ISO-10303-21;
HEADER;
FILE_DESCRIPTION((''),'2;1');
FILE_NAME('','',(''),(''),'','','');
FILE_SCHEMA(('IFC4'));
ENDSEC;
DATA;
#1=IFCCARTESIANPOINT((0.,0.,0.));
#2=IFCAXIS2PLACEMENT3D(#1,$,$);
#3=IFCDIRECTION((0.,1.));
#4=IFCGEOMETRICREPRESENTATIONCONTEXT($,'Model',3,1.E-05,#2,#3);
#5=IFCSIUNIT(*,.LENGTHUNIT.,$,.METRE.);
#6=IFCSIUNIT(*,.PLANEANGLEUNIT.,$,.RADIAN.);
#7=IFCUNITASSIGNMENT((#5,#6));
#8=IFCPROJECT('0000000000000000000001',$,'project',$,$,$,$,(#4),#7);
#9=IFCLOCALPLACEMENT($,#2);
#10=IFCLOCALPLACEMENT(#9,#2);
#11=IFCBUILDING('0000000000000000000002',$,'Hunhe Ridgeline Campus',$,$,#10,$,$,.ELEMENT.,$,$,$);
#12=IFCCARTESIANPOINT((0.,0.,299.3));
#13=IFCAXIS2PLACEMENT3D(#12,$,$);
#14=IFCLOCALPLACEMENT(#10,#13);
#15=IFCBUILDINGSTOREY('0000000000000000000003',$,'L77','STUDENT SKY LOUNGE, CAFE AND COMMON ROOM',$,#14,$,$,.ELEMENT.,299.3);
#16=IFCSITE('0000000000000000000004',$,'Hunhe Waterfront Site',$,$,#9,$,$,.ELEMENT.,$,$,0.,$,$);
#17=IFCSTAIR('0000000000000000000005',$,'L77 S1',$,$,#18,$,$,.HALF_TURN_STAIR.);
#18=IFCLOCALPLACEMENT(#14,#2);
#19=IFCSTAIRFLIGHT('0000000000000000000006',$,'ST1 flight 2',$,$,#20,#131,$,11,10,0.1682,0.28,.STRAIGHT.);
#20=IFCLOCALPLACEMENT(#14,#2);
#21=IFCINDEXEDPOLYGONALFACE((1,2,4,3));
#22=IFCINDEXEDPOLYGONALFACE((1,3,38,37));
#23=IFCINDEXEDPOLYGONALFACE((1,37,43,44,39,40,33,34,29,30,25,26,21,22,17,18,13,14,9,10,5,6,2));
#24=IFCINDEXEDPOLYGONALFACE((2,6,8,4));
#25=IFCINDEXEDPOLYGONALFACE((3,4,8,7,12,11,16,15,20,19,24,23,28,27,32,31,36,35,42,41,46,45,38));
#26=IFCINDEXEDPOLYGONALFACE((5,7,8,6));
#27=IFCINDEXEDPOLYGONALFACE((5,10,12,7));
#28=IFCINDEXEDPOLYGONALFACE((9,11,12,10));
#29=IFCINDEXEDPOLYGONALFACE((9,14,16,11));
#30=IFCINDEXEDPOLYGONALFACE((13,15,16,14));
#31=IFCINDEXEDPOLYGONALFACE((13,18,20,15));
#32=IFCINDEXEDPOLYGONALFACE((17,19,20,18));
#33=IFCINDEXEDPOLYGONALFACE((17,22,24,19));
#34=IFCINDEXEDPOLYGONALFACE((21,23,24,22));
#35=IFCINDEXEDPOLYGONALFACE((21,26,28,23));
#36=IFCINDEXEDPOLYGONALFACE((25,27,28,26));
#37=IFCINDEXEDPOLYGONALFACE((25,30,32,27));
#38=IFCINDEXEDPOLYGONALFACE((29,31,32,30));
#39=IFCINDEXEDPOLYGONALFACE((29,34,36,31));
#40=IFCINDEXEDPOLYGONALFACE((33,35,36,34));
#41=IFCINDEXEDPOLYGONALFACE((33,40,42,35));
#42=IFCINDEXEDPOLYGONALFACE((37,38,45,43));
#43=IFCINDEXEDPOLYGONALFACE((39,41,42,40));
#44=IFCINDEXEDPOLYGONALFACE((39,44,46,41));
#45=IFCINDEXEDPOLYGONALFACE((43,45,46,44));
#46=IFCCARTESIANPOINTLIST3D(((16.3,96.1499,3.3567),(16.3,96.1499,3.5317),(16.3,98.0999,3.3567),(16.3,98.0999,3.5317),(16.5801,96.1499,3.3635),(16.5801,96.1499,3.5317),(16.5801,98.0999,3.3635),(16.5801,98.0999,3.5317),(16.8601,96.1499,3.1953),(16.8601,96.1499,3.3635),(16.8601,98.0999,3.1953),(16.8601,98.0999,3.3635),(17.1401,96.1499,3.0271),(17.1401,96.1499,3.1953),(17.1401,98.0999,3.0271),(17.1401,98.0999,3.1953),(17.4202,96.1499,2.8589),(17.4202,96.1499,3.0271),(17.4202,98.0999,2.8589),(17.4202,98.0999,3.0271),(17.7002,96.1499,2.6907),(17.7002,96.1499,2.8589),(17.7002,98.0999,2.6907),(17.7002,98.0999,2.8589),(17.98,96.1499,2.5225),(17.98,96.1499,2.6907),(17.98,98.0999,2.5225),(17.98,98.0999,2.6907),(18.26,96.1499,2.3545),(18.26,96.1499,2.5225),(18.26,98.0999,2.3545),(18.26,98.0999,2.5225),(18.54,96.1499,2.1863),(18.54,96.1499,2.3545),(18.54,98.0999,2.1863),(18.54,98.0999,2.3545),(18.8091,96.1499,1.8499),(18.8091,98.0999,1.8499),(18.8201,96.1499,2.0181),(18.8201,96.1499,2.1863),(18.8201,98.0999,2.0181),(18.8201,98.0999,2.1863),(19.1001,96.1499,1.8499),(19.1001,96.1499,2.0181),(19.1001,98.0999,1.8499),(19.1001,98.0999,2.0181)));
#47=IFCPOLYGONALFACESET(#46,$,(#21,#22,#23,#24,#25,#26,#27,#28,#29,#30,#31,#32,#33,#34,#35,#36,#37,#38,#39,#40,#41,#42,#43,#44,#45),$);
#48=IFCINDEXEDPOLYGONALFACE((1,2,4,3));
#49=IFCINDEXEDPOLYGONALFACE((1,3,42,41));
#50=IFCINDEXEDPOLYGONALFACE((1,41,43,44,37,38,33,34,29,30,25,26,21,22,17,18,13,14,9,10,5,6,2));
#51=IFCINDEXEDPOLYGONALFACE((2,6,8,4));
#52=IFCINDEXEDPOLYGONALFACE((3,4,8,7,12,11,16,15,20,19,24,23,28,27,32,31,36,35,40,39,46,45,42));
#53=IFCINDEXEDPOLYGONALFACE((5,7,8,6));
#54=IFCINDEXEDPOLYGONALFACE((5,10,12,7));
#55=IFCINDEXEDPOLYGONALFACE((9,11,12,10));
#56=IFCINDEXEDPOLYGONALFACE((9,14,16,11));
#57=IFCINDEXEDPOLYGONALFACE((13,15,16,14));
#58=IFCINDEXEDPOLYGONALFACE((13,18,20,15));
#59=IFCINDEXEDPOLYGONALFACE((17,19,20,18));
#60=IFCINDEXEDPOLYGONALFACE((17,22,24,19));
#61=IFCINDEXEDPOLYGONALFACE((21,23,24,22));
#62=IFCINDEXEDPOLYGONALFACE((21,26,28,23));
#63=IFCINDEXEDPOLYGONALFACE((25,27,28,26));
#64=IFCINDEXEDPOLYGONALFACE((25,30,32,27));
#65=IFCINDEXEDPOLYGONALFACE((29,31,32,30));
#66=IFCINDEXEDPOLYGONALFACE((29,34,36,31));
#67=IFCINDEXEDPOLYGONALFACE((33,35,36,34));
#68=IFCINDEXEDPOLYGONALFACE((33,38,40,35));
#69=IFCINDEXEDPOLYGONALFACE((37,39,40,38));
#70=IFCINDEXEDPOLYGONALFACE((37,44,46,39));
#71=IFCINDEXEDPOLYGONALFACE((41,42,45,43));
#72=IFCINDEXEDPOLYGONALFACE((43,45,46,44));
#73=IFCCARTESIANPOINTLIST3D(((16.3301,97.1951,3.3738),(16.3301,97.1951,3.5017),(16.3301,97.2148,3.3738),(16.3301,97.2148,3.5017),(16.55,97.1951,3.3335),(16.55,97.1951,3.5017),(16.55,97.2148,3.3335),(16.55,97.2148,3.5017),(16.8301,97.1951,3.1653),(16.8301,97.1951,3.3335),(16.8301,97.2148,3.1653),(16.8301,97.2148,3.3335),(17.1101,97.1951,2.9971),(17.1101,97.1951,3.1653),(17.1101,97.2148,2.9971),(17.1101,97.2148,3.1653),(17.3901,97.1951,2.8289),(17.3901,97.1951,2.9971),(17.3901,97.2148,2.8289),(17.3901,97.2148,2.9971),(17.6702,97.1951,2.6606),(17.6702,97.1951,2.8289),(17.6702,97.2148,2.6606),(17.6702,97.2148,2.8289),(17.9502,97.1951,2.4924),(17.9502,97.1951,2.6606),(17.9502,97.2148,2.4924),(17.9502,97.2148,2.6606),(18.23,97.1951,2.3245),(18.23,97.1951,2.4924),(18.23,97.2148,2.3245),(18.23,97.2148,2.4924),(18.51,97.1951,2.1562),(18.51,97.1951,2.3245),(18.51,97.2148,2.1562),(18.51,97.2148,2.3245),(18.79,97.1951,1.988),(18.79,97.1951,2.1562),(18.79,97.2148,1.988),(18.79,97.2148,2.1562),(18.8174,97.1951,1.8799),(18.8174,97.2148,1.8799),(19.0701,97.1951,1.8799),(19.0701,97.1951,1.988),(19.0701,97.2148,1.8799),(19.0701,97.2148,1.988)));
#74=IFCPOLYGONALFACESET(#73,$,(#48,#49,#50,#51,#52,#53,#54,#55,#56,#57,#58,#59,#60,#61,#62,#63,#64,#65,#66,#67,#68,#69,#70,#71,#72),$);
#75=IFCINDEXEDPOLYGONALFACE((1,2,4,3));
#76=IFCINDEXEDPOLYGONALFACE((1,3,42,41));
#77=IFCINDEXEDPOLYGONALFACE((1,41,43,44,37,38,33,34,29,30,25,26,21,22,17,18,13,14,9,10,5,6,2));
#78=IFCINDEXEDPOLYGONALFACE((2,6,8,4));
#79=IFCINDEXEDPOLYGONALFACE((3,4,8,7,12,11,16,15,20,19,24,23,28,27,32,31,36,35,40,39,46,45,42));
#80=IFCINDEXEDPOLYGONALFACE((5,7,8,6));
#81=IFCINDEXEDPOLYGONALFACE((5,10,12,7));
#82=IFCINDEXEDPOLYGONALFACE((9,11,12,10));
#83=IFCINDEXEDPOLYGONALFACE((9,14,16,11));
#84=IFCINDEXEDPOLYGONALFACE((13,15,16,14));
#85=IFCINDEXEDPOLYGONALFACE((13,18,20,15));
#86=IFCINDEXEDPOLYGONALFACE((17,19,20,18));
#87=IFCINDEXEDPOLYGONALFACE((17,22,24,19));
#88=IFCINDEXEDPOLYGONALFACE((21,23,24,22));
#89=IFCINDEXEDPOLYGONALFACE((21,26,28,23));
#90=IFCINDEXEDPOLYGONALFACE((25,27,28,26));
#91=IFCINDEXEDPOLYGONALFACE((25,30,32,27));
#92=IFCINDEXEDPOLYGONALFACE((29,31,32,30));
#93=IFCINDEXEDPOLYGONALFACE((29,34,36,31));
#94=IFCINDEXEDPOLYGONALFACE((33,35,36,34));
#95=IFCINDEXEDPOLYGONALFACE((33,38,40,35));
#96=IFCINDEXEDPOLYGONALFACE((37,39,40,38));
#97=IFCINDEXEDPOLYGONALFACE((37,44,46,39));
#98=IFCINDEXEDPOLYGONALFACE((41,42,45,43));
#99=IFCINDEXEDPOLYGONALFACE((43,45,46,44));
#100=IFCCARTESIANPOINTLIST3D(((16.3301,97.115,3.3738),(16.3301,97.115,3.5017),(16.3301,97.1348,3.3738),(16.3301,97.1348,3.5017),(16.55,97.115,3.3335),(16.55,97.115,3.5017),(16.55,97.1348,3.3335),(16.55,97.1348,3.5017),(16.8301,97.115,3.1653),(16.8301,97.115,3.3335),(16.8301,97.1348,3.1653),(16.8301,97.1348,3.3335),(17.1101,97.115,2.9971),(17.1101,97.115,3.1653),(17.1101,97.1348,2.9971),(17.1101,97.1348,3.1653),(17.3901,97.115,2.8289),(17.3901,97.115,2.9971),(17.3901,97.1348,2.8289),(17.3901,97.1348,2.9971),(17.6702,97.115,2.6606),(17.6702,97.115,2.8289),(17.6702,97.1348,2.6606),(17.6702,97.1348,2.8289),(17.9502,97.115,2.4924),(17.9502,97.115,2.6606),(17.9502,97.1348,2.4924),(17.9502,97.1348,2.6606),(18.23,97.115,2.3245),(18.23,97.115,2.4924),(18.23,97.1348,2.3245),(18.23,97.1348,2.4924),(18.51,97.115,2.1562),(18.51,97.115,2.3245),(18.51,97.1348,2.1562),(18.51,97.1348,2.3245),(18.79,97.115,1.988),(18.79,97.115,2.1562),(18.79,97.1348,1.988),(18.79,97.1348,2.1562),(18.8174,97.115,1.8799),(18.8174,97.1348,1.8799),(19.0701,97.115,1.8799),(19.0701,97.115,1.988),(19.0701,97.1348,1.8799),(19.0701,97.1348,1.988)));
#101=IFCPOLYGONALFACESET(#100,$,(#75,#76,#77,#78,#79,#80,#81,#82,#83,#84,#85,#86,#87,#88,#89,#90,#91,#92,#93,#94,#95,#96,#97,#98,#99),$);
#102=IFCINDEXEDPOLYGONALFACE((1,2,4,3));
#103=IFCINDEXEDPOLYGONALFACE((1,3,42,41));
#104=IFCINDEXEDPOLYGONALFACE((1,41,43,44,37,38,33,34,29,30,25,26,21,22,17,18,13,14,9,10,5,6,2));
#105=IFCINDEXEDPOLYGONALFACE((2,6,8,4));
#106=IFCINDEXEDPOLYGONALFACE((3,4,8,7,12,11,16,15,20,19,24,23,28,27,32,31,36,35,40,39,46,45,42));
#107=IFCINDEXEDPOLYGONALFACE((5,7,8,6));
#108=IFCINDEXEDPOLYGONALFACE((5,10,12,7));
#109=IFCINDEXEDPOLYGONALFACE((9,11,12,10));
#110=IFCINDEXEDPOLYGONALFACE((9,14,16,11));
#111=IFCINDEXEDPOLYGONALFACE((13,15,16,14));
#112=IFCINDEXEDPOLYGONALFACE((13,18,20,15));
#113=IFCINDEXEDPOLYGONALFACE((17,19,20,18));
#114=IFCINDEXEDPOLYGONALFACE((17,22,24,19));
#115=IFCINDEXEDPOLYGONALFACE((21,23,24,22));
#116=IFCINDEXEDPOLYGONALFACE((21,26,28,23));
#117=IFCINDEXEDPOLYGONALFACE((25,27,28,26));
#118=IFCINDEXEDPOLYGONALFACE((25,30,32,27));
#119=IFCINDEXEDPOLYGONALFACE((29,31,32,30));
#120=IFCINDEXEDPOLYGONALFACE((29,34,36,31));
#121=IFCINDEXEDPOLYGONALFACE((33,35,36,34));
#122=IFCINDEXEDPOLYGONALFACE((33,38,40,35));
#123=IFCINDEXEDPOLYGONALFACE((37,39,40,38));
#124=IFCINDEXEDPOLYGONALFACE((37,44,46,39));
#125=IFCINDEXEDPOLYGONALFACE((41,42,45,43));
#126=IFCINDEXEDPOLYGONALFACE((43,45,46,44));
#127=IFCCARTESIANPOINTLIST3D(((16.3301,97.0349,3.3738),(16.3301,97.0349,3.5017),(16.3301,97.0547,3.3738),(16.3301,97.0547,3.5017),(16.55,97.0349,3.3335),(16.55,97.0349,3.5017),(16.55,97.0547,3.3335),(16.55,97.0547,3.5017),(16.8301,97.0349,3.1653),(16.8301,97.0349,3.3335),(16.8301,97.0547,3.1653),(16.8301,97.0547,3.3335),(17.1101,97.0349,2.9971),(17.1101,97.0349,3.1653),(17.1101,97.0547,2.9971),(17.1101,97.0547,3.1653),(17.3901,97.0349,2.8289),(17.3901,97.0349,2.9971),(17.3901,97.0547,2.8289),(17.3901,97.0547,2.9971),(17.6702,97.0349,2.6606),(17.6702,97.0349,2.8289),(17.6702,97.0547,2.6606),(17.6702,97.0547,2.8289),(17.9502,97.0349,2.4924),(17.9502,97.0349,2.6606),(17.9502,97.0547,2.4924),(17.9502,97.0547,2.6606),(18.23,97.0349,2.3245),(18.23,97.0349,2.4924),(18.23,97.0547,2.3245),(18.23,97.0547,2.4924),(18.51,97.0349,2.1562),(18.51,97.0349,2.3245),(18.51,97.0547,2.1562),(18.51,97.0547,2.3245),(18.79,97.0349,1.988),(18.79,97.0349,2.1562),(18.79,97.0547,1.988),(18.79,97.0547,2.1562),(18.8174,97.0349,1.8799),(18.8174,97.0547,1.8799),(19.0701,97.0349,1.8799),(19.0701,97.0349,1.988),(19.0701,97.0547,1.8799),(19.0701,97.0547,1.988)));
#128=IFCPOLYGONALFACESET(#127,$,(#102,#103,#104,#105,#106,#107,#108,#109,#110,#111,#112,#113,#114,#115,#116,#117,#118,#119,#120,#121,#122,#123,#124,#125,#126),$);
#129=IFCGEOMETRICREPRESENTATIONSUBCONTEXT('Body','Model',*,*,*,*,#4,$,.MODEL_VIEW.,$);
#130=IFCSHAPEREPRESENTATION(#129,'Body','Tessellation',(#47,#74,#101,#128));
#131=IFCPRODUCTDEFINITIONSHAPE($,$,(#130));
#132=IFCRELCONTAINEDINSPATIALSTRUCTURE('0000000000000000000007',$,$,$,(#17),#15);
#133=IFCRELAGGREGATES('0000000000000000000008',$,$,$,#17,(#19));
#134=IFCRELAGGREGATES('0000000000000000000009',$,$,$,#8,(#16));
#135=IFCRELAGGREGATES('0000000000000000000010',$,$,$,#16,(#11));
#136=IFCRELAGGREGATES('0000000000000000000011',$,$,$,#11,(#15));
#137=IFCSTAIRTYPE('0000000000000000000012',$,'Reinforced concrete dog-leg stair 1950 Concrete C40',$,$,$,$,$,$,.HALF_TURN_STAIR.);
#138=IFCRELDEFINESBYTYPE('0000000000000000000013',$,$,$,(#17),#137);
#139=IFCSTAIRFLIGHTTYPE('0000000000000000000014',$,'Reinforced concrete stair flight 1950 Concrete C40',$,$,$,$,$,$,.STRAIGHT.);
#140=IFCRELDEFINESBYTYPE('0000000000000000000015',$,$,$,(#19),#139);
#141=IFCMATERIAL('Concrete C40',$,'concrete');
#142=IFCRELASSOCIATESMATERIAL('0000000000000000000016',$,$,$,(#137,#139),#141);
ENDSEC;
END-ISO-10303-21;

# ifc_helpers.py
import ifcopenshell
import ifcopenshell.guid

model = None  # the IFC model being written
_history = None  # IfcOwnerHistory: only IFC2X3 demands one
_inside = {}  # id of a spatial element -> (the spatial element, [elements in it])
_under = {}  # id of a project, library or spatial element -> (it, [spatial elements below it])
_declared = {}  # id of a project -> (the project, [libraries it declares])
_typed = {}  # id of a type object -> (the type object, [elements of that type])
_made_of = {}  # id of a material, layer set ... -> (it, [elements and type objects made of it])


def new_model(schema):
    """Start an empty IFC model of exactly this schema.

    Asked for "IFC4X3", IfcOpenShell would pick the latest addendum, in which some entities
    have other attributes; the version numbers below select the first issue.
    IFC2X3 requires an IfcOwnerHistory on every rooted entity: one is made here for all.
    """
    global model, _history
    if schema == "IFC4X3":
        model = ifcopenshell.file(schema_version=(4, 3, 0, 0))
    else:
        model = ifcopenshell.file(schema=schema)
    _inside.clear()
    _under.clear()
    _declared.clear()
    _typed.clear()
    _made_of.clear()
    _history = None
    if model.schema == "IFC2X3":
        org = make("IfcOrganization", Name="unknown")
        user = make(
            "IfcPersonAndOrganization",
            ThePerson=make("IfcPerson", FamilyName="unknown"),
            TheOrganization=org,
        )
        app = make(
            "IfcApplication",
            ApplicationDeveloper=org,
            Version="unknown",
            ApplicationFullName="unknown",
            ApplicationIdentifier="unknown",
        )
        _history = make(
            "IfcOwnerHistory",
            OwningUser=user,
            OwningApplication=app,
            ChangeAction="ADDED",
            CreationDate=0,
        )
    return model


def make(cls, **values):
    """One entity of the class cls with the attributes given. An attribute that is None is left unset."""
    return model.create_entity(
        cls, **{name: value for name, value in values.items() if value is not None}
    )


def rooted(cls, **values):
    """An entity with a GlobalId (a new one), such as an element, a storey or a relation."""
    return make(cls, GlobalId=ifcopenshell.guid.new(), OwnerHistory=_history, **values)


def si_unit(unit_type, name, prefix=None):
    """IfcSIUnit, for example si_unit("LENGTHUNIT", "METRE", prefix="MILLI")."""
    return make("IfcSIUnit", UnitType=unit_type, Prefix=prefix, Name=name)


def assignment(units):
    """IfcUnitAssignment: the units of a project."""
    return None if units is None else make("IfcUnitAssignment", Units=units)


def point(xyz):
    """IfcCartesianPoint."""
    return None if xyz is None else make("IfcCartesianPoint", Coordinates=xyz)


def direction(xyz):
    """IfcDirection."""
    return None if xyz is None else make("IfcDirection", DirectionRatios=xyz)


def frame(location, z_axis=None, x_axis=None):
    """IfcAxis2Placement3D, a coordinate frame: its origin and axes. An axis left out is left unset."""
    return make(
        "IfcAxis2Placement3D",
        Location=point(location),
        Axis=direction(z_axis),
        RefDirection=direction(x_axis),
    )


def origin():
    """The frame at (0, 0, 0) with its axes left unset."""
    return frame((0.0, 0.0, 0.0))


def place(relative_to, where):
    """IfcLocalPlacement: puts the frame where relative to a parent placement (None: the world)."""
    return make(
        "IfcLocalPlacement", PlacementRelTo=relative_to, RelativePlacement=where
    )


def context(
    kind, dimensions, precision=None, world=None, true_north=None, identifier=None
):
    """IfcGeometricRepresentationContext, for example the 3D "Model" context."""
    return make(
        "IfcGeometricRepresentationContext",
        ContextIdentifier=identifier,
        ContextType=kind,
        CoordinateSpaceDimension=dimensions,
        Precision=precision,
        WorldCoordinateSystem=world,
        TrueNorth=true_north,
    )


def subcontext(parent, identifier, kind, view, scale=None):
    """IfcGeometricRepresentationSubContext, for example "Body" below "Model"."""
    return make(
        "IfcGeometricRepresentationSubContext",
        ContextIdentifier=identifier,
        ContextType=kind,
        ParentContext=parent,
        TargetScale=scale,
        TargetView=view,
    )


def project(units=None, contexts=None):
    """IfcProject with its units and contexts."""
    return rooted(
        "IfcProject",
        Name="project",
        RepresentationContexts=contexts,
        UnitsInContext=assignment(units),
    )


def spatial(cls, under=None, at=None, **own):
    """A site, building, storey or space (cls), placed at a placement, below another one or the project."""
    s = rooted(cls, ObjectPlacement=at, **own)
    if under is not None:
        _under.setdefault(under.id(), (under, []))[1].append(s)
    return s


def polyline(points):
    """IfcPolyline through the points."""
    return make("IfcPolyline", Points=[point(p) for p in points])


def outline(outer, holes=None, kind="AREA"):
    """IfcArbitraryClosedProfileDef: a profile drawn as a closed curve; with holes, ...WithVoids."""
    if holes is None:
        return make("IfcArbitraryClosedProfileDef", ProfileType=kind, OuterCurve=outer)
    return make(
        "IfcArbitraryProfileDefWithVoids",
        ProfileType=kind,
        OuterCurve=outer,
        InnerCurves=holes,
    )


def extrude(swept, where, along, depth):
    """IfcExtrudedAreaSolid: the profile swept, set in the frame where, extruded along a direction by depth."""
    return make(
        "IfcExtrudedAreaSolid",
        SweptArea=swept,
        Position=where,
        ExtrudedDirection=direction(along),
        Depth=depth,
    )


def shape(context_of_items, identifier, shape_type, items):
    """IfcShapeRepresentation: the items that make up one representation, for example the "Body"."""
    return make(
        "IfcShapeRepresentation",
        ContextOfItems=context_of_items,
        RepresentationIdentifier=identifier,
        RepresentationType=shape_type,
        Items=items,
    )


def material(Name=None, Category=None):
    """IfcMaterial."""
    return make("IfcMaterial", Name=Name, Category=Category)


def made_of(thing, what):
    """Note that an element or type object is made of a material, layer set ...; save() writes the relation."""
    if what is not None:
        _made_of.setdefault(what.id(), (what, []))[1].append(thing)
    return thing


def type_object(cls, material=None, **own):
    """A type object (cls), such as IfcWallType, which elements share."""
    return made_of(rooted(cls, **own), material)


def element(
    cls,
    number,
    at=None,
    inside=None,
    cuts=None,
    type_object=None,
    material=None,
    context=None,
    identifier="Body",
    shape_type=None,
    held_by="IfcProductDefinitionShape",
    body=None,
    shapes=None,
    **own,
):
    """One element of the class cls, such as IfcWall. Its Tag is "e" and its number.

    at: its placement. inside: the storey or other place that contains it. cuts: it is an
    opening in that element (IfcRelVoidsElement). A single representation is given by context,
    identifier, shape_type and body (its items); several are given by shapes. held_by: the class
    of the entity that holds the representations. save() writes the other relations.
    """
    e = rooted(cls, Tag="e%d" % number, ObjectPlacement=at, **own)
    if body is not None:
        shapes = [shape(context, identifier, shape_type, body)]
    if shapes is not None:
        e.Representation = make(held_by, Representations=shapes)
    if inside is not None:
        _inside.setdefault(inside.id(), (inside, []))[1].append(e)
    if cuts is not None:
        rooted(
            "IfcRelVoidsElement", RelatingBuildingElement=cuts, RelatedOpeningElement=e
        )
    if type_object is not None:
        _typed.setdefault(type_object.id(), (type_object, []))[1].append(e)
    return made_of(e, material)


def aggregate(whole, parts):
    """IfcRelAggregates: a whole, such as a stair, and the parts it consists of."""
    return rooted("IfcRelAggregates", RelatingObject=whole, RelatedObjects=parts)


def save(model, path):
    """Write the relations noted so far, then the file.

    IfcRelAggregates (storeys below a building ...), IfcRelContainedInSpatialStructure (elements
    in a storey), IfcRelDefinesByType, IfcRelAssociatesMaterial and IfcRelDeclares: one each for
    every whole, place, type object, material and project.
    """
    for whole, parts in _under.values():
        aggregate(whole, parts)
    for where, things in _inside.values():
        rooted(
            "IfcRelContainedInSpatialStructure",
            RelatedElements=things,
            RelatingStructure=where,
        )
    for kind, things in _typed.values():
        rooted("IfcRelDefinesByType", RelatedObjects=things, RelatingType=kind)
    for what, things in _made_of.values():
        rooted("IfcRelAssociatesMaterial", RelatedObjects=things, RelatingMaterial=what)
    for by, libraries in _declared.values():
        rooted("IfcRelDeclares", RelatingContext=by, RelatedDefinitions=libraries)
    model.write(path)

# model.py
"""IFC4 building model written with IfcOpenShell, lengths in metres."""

from ifc_helpers import new_model, si_unit, direction, frame, origin, place, context, subcontext, project, spatial, polyline, outline, extrude, material, type_object, element, aggregate, save


model = new_model("IFC4")

# Units and contexts
model_context = context("Model", 3, precision=1e-05, world=origin(), true_north=direction((0.0, 1.0)))
body_context = subcontext(model_context, "Body", "Model", "MODEL_VIEW")
ifc_project = project(units=[si_unit("LENGTHUNIT", "METRE"), si_unit("PLANEANGLEUNIT", "RADIAN")], contexts=[model_context])

# Site, building, storey
site_placement = place(None, origin())
site = spatial("IfcSite", under=ifc_project, at=site_placement, Name="Hunhe Waterfront Site", CompositionType="ELEMENT", RefElevation=0.0)
building_placement = place(site_placement, origin())
building = spatial("IfcBuilding", under=site, at=building_placement, Name="Hunhe Ridgeline Campus", CompositionType="ELEMENT")
storey_placement = place(building_placement, frame((0.0, 0.0, 299.3)))
storey = spatial("IfcBuildingStorey", under=building, at=storey_placement, Name="L77", Description="STUDENT SKY LOUNGE, CAFE AND COMMON ROOM", CompositionType="ELEMENT", Elevation=299.3)

# Stair, stair flight
ifc_material_1 = material(Name="Concrete C40", Category="concrete")
stair_type = type_object("IfcStairType", Name="Reinforced concrete dog-leg stair 1950 Concrete C40", PredefinedType="HALF_TURN_STAIR", material=ifc_material_1)
stair_placement = place(storey_placement, origin())
stair = element("IfcStair", 1, at=stair_placement, inside=storey, type_object=stair_type, Name="L77 S1", PredefinedType="HALF_TURN_STAIR")
stair_flight_type = type_object("IfcStairFlightType", Name="Reinforced concrete stair flight 1950 Concrete C40", PredefinedType="STRAIGHT", material=ifc_material_1)
stair_flight_1_placement = place(storey_placement, frame((19.1001, 97.125, 1.8499), z_axis=(0.0, 0.0, 1.0), x_axis=(-1.0, 0.0, 0.0)))
stair_flight_1 = element("IfcStairFlight", 2, at=stair_flight_1_placement, type_object=stair_flight_type, Name="ST1 flight 2", NumberOfRisers=11, NumberOfTreads=10, PredefinedType="STRAIGHT", RiserHeight=0.1682, TreadLength=0.28, context=body_context, shape_type="SweptSolid", body=[
    extrude(outline(polyline([(0.0, 0.0), (0.0, 0.1682), (0.28, 0.1682), (0.28, 0.3364), (0.5601, 0.3364), (0.5601, 0.5046), (0.8401, 0.5046), (0.8401, 0.6726), (1.1201, 0.6726), (1.1201, 0.8408), (1.3999, 0.8408), (1.3999, 1.009), (1.6799, 1.009), (1.6799, 1.1772), (1.96, 1.1772), (1.96, 1.3455), (2.24, 1.3455), (2.24, 1.5137), (2.52, 1.5137), (2.52, 1.6819), (2.8, 1.6819), (2.8, 1.8501), (2.8, 1.5068), (0.291, 0.0), (0.0, 0.0)])), frame((0.0, 0.9751, 0.0), z_axis=(0.0, -1.0, 0.0), x_axis=(1.0, 0.0, 0.0)), (0.0, 0.0, 1.0), 1.95),
    extrude(outline(polyline([(0.03, 0.03), (0.03, 0.1382), (0.3101, 0.1382), (0.3101, 0.3064), (0.5901, 0.3064), (0.5901, 0.4746), (0.8701, 0.4746), (0.8701, 0.6426), (1.1499, 0.6426), (1.1499, 0.8108), (1.4299, 0.8108), (1.4299, 0.979), (1.71, 0.979), (1.71, 1.1472), (1.99, 1.1472), (1.99, 1.3154), (2.27, 1.3154), (2.27, 1.4836), (2.55, 1.4836), (2.55, 1.6519), (2.77, 1.6519), (2.77, 1.5239), (0.2827, 0.03), (0.03, 0.03)])), frame((0.0, -0.0701, 0.0), z_axis=(0.0, -1.0, 0.0), x_axis=(1.0, 0.0, 0.0)), (0.0, 0.0, 1.0), 0.0198),
    extrude(outline(polyline([(0.03, 0.03), (0.03, 0.1382), (0.3101, 0.1382), (0.3101, 0.3064), (0.5901, 0.3064), (0.5901, 0.4746), (0.8701, 0.4746), (0.8701, 0.6426), (1.1499, 0.6426), (1.1499, 0.8108), (1.4299, 0.8108), (1.4299, 0.979), (1.71, 0.979), (1.71, 1.1472), (1.99, 1.1472), (1.99, 1.3154), (2.27, 1.3154), (2.27, 1.4836), (2.55, 1.4836), (2.55, 1.6519), (2.77, 1.6519), (2.77, 1.5239), (0.2827, 0.03), (0.03, 0.03)])), frame((0.0, 0.01, 0.0), z_axis=(0.0, -1.0, 0.0), x_axis=(1.0, 0.0, 0.0)), (0.0, 0.0, 1.0), 0.0198),
    extrude(outline(polyline([(0.03, 0.03), (0.03, 0.1382), (0.3101, 0.1382), (0.3101, 0.3064), (0.5901, 0.3064), (0.5901, 0.4746), (0.8701, 0.4746), (0.8701, 0.6426), (1.1499, 0.6426), (1.1499, 0.8108), (1.4299, 0.8108), (1.4299, 0.979), (1.71, 0.979), (1.71, 1.1472), (1.99, 1.1472), (1.99, 1.3154), (2.27, 1.3154), (2.27, 1.4836), (2.55, 1.4836), (2.55, 1.6519), (2.77, 1.6519), (2.77, 1.5239), (0.2827, 0.03), (0.03, 0.03)])), frame((0.0, 0.0901, 0.0), z_axis=(0.0, -1.0, 0.0), x_axis=(1.0, 0.0, 0.0)), (0.0, 0.0, 1.0), 0.0198),
])
aggregate(stair, [stair_flight_1])

save(model, "model.ifc")
